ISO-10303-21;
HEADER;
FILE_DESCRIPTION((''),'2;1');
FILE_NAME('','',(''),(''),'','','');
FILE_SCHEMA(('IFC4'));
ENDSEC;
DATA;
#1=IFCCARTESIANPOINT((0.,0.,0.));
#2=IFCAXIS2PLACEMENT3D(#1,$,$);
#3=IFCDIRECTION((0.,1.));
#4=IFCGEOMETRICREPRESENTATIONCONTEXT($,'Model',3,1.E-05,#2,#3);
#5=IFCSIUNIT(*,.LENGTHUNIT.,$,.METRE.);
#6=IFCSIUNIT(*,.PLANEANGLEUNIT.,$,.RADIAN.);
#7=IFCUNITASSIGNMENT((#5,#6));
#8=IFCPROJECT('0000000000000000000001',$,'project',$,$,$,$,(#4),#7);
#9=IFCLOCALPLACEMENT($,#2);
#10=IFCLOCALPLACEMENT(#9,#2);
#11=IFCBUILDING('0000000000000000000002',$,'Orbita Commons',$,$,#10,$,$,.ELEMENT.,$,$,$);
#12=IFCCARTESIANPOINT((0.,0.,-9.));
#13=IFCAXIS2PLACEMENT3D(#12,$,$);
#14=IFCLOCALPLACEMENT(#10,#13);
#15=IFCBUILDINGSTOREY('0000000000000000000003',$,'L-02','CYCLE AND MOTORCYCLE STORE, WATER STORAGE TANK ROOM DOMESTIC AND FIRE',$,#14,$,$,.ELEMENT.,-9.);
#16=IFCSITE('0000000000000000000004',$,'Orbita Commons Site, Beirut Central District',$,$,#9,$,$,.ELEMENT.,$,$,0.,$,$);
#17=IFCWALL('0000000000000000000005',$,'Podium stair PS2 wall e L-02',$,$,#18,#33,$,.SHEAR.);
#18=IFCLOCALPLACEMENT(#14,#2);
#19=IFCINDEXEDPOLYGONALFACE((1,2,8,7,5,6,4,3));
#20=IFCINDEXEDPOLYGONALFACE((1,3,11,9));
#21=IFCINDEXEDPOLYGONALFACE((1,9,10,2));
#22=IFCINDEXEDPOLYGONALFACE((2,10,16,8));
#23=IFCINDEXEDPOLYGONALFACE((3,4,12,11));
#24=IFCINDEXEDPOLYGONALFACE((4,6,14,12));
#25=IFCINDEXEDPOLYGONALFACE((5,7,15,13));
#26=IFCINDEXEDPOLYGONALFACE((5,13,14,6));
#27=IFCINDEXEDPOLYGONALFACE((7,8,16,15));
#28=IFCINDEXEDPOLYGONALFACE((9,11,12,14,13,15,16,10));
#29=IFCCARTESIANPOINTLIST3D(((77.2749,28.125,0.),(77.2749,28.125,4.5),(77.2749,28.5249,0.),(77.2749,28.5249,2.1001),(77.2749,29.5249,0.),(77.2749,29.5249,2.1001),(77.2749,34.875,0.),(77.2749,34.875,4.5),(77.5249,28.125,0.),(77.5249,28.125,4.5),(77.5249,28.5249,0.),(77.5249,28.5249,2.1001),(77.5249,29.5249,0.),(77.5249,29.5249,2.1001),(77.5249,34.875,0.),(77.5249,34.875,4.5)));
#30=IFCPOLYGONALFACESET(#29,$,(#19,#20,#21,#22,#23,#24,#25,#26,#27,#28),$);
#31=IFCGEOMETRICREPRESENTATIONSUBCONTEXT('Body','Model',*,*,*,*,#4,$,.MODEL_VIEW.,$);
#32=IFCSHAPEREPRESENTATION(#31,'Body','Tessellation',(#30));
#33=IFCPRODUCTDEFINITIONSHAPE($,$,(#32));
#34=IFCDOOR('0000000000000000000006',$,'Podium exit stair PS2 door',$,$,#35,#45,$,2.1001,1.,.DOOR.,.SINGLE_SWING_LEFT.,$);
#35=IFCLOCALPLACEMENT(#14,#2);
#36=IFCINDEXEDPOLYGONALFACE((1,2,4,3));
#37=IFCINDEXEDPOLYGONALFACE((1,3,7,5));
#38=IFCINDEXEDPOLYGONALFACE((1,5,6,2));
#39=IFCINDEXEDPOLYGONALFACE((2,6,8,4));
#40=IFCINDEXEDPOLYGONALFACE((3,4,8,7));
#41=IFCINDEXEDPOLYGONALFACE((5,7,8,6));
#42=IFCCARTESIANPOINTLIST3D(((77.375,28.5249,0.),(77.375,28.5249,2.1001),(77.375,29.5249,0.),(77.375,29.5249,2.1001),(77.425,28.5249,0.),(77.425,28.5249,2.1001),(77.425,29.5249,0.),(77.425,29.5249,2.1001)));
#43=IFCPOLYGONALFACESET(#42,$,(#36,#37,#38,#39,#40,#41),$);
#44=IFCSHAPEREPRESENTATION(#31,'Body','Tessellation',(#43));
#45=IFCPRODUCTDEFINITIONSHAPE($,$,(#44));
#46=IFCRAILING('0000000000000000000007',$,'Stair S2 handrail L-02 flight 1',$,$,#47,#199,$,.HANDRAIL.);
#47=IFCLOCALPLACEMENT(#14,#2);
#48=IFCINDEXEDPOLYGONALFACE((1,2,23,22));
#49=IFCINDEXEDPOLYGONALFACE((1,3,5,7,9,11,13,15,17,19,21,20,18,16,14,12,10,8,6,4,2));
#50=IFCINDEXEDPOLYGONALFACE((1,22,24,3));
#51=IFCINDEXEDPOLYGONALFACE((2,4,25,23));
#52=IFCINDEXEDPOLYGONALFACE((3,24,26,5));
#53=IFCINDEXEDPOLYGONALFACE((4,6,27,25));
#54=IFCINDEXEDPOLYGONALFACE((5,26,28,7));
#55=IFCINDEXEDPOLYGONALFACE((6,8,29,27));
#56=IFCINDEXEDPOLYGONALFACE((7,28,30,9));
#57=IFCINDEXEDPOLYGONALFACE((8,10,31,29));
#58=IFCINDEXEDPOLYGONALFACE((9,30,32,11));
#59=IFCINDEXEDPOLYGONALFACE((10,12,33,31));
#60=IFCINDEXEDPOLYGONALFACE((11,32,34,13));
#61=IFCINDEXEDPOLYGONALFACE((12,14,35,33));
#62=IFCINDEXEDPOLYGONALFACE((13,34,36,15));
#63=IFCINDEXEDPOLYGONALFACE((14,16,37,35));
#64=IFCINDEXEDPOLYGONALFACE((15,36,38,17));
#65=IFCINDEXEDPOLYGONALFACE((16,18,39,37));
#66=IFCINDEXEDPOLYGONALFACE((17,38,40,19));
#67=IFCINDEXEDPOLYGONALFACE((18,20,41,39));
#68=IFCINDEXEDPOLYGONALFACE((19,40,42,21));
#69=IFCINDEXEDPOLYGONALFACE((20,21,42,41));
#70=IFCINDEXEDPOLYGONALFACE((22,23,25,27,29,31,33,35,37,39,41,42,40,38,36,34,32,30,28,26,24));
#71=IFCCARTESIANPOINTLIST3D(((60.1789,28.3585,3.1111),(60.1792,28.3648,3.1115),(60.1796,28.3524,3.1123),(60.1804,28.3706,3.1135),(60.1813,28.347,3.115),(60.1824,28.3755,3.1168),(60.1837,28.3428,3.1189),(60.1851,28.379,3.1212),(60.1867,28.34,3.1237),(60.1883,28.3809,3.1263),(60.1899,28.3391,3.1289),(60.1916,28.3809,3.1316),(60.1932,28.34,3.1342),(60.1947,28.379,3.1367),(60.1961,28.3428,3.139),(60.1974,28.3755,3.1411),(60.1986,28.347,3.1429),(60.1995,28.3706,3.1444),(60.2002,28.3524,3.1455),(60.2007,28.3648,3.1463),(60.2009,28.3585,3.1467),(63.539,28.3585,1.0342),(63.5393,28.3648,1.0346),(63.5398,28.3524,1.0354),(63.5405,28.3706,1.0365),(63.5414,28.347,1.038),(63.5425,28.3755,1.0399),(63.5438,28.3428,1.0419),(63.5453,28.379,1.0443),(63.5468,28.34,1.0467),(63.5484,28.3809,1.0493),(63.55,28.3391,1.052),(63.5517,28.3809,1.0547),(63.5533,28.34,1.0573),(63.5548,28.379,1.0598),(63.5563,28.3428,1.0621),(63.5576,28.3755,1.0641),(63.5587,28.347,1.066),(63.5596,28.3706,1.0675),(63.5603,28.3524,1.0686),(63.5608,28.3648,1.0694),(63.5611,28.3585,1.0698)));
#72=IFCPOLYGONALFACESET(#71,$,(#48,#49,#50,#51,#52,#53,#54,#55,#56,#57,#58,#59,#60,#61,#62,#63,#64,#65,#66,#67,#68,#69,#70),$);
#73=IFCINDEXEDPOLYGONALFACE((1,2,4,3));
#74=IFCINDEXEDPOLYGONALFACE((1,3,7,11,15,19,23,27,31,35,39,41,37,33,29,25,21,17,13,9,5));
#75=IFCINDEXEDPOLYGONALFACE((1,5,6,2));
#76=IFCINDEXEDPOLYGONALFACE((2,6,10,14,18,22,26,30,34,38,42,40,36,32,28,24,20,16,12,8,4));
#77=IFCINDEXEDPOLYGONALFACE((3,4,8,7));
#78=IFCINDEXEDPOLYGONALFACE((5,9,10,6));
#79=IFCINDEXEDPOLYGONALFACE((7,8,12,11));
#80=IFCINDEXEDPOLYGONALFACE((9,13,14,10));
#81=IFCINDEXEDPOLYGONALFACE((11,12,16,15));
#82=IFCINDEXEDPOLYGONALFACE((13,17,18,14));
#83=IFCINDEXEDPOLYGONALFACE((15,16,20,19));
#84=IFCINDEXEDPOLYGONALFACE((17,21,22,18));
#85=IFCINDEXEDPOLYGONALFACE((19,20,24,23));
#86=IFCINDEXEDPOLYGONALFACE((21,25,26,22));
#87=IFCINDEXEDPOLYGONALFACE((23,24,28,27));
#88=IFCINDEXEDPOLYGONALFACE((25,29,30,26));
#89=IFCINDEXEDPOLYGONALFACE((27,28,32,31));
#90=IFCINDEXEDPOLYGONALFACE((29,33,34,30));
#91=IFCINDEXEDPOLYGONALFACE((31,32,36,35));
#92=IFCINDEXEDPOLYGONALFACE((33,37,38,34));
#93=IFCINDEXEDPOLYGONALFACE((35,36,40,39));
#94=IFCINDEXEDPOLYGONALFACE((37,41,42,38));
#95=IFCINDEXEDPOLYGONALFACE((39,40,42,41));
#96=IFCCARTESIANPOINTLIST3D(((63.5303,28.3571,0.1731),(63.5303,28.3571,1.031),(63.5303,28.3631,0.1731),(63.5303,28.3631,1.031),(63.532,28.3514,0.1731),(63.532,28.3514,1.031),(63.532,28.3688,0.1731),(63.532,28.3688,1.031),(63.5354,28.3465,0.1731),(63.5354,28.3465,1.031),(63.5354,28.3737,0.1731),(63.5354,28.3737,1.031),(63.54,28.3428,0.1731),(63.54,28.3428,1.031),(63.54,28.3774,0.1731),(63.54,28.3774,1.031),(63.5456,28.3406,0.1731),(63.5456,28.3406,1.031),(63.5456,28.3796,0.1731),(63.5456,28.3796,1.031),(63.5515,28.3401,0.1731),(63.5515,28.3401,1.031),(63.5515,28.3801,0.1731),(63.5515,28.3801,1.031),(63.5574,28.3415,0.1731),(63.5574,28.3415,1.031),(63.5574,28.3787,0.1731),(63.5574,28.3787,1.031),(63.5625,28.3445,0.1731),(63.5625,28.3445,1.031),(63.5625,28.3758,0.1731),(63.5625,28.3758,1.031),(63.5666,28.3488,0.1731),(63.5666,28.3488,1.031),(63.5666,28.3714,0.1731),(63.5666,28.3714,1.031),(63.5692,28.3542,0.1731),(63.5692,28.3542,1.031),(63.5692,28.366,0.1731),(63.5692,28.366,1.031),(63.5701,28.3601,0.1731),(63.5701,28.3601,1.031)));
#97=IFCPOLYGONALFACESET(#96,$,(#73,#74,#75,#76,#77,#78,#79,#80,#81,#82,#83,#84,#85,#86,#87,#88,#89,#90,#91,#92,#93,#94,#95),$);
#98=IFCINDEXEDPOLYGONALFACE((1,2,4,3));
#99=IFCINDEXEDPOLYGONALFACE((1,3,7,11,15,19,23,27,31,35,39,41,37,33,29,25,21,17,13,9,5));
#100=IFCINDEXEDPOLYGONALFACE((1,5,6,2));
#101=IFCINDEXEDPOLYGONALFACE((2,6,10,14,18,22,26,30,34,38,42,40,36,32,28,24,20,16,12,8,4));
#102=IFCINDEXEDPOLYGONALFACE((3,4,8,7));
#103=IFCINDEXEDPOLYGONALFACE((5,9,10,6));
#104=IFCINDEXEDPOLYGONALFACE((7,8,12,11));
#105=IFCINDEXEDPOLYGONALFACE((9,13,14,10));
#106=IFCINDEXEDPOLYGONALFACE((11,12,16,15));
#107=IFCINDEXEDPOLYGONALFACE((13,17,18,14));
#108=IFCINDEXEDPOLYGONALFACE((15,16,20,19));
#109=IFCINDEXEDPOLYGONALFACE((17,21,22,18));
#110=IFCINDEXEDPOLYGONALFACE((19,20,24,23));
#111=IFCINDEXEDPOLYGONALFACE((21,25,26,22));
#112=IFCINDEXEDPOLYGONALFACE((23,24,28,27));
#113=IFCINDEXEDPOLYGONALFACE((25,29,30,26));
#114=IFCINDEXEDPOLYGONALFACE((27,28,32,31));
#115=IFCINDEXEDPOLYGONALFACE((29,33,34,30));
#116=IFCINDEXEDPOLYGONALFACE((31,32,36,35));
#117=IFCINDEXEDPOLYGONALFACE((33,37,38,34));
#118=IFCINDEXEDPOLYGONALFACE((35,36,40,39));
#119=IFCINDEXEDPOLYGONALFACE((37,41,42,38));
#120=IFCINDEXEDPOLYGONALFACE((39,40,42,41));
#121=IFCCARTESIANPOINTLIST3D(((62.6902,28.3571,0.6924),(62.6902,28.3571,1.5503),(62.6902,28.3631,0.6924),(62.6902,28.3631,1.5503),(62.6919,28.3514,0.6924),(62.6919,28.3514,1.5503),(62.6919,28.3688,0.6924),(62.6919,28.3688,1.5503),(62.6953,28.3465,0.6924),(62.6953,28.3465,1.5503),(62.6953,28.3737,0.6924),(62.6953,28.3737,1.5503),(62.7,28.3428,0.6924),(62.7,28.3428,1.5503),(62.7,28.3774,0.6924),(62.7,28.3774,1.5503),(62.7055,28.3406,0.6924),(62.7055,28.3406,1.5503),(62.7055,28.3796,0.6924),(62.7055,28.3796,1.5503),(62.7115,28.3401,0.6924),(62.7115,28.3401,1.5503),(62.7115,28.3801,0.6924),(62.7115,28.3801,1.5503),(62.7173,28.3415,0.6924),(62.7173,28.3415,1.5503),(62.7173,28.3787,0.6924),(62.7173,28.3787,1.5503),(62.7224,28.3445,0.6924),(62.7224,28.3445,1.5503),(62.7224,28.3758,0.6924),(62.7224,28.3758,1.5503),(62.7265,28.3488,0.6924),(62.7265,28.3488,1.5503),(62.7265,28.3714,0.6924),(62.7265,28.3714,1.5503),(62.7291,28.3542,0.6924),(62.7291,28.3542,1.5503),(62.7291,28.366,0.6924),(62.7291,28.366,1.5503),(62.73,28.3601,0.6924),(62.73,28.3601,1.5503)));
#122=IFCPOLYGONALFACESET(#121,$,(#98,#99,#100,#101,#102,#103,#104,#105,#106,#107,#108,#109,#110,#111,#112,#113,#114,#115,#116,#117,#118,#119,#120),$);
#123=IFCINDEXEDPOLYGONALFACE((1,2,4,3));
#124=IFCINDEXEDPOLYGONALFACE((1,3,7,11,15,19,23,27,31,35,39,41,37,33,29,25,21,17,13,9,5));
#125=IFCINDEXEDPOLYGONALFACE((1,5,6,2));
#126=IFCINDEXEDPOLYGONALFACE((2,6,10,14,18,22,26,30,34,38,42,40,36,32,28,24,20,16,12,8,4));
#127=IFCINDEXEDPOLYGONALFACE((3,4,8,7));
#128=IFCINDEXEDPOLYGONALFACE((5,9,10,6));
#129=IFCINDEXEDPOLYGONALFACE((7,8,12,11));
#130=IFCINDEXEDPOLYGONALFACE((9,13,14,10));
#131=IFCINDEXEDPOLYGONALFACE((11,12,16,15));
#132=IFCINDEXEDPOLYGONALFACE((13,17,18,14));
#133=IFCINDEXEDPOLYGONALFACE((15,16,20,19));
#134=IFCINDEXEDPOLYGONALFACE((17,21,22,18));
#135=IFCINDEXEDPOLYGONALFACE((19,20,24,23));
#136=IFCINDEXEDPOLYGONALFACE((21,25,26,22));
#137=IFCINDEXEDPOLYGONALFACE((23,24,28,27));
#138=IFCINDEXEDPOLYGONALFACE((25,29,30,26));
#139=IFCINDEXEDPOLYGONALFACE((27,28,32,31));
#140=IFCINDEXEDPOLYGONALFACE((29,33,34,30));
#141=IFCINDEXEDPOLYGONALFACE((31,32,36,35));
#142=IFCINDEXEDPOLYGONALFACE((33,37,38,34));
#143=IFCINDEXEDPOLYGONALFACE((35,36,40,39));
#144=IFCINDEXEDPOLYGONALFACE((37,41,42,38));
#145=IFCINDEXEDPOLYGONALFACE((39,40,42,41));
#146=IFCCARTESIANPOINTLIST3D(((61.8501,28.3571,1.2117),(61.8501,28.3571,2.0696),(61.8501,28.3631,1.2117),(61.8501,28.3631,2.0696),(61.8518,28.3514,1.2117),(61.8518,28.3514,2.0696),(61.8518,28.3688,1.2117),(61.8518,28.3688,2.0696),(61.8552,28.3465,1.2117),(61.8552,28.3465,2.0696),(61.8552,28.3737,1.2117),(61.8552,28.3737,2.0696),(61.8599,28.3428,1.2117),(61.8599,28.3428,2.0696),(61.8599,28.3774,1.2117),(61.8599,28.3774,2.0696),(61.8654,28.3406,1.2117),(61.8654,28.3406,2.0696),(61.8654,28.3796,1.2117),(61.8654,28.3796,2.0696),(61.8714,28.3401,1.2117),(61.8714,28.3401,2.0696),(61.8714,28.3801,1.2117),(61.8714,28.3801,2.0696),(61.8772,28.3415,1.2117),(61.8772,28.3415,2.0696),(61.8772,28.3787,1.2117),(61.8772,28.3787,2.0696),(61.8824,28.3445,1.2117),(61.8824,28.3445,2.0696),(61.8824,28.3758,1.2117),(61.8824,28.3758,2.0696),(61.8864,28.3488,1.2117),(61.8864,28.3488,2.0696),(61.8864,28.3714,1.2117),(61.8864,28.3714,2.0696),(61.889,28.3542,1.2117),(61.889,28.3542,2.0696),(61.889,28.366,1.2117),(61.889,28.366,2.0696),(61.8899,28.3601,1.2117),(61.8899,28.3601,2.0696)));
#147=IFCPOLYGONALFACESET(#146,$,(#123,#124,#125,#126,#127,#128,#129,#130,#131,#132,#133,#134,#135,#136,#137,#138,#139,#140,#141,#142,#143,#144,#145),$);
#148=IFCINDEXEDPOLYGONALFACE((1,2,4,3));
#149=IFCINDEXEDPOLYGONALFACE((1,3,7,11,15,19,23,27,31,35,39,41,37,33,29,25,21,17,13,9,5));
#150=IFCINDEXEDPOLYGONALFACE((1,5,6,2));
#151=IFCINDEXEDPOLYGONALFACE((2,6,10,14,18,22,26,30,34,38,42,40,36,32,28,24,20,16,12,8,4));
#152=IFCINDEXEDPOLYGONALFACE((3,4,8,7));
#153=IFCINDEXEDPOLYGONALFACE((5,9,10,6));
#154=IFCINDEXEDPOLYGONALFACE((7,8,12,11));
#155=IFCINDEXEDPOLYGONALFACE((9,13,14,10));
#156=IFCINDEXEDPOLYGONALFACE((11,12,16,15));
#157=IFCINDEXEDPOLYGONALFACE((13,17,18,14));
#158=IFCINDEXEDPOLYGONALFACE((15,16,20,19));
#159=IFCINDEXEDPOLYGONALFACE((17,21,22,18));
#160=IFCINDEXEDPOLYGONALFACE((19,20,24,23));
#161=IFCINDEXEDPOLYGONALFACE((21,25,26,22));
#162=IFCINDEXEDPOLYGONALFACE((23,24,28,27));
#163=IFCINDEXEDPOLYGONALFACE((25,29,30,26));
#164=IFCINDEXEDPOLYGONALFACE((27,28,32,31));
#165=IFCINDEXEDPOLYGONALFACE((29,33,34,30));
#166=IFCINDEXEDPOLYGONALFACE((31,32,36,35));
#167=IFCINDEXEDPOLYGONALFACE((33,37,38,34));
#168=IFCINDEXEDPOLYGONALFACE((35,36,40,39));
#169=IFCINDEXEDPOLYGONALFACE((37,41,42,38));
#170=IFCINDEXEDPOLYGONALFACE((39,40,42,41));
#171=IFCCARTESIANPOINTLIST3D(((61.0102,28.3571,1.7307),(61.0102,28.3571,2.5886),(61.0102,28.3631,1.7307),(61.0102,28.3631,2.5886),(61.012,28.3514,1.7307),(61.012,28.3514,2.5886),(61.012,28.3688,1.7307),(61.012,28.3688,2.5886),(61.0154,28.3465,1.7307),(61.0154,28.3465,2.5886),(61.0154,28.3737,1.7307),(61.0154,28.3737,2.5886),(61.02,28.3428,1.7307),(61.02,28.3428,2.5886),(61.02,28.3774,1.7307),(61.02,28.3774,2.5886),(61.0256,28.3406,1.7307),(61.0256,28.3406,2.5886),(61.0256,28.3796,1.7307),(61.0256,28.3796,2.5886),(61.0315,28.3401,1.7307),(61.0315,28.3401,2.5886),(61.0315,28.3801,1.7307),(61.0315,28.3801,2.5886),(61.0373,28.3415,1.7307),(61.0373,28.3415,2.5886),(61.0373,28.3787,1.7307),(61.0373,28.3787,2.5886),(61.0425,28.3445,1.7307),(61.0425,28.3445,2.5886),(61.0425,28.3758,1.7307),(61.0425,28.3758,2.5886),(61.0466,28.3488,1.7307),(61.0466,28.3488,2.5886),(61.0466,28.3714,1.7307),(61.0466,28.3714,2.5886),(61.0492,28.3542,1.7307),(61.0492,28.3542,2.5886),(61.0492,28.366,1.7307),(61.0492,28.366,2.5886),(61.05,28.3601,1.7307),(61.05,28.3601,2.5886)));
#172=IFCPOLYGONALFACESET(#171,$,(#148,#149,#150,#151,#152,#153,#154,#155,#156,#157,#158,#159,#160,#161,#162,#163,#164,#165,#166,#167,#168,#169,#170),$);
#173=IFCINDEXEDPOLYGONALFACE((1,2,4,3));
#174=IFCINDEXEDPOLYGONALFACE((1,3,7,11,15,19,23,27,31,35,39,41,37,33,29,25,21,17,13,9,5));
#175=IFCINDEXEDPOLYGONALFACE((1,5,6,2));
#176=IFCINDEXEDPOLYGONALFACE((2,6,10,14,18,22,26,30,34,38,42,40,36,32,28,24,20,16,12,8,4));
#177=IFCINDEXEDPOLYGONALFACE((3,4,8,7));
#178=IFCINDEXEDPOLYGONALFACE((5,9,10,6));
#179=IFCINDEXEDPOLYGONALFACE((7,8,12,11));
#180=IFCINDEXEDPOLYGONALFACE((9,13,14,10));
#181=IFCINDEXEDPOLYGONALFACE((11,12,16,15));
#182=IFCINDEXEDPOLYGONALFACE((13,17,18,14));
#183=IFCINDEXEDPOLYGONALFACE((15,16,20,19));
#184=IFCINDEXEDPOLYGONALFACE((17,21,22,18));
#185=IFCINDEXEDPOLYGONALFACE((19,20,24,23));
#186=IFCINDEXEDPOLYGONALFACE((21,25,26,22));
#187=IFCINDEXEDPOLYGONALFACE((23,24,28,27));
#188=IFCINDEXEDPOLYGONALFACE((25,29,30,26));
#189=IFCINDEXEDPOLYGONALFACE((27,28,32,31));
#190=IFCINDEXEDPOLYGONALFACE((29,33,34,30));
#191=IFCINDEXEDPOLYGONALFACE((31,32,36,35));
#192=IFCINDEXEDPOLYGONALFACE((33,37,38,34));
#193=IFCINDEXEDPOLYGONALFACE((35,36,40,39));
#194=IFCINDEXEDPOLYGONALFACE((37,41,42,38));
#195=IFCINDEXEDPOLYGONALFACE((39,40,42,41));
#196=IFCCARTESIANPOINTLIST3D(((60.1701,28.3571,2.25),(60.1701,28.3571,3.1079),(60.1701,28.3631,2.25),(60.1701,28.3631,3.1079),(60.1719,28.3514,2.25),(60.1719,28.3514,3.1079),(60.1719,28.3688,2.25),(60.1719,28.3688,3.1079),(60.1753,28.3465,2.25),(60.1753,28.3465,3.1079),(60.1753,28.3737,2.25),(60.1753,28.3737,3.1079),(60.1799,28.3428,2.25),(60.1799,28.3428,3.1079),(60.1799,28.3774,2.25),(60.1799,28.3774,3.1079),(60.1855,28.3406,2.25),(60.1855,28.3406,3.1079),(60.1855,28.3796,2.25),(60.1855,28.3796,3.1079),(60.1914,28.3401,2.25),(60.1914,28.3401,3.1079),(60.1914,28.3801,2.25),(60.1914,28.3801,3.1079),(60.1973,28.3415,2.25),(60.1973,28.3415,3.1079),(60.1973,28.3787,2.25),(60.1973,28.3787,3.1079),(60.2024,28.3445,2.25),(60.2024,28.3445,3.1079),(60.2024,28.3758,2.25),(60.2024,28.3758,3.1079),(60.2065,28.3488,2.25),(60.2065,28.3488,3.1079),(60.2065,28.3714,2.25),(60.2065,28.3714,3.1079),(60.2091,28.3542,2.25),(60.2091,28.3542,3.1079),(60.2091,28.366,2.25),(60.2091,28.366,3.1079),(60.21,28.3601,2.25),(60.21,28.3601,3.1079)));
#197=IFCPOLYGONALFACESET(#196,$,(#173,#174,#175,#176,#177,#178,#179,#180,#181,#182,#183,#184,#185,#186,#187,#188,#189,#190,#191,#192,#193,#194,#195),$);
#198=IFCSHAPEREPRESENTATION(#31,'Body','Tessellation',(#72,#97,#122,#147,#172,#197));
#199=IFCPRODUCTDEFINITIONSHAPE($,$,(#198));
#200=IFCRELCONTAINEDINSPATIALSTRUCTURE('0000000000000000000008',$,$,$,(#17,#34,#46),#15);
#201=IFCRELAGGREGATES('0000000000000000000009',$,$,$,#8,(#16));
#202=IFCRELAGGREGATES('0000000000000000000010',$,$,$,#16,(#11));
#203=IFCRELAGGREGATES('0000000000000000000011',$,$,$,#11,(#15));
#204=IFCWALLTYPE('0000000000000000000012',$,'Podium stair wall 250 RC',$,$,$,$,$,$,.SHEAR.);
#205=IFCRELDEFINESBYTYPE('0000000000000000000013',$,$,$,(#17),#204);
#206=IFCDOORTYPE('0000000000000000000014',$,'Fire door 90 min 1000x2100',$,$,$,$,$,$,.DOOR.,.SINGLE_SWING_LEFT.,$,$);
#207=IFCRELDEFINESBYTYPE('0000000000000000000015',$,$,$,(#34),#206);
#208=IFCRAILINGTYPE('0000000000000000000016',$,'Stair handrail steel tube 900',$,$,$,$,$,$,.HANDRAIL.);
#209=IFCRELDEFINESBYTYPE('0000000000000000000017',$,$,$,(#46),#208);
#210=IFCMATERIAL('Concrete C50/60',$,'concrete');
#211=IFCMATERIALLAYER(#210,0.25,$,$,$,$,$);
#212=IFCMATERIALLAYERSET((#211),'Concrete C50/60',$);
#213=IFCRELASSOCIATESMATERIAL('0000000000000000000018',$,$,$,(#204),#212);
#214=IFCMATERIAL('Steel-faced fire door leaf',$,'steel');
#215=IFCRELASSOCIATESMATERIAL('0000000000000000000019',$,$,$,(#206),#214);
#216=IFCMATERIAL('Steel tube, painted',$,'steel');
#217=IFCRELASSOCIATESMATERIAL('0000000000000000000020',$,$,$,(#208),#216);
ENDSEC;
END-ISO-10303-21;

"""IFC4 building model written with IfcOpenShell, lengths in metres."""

from ifc_helpers import new_model, si_unit, direction, frame, frame_2d, origin, origin_2d, place, context, subcontext, project, spatial, rectangle, circle, extrude, material, layer, layer_set, type_object, element, fill, save


model = new_model("IFC4")

# Units and contexts
model_context = context("Model", 3, precision=1e-05, world=origin(), true_north=direction((0.0, 1.0)))
body_context = subcontext(model_context, "Body", "Model", "MODEL_VIEW")
ifc_project = project(units=[si_unit("LENGTHUNIT", "METRE"), si_unit("PLANEANGLEUNIT", "RADIAN")], contexts=[model_context])

# Site, building, storey
site_placement = place(None, origin())
site = spatial("IfcSite", under=ifc_project, at=site_placement, Name="Orbita Commons Site, Beirut Central District", CompositionType="ELEMENT", RefElevation=0.0)
building_placement = place(site_placement, origin())
building = spatial("IfcBuilding", under=site, at=building_placement, Name="Orbita Commons", CompositionType="ELEMENT")
storey_placement = place(building_placement, frame((0.0, 0.0, -9.0)))
storey = spatial("IfcBuildingStorey", under=building, at=storey_placement, Name="L-02", Description="CYCLE AND MOTORCYCLE STORE, WATER STORAGE TANK ROOM DOMESTIC AND FIRE", CompositionType="ELEMENT", Elevation=-9.0)

# Shared definitions
ifc_material_1 = material(Name="Concrete C50/60", Category="concrete")
ifc_layer_1 = layer(ifc_material_1, 0.25)
ifc_layer_set_1 = layer_set([ifc_layer_1], Name="Concrete C50/60")
wall_type_1 = type_object("IfcWallType", Name="Podium stair wall 250 RC", PredefinedType="SHEAR", material=ifc_layer_set_1)

# Wall, opening, door
wall_1_placement = place(storey_placement, frame((77.3999, 28.125, 0.0), z_axis=(0.0, 0.0, 1.0), x_axis=(0.0, 1.0, 0.0)))
wall_1 = element("IfcWall", 1, at=wall_1_placement, inside=storey, type_object=wall_type_1, Name="Podium stair PS2 wall e L-02", PredefinedType="SHEAR", context=body_context, shape_type="SweptSolid", body=[
    extrude(rectangle(XDim=6.75, YDim=0.25, at=frame_2d((3.375, 0.0))), origin(), (0.0, 0.0, 1.0), 4.5),
])
opening_1_placement = place(wall_1_placement, frame((0.3999, 0.0, 0.0)))
opening_1 = element("IfcOpeningElement", 2, at=opening_1_placement, cuts=wall_1, PredefinedType="OPENING", context=body_context, shape_type="SweptSolid", body=[
    extrude(rectangle(XDim=1.0, YDim=2.1001, at=frame_2d((0.5, 1.05))), frame((0.0, 0.135, 0.0), z_axis=(0.0, -1.0, 0.0), x_axis=(1.0, 0.0, 0.0)), (0.0, 0.0, 1.0), 0.27),
])
ifc_material_2 = material(Name="Steel-faced fire door leaf", Category="steel")
door_type_1 = type_object("IfcDoorType", Name="Fire door 90 min 1000x2100", OperationType="SINGLE_SWING_LEFT", PredefinedType="DOOR", material=ifc_material_2)
door_1_placement = place(opening_1_placement, origin())
door_1 = element("IfcDoor", 3, at=door_1_placement, inside=storey, type_object=door_type_1, Name="Podium exit stair PS2 door", OperationType="SINGLE_SWING_LEFT", OverallHeight=2.1001, OverallWidth=1.0, PredefinedType="DOOR", context=body_context, shape_type="SweptSolid", body=[
    extrude(rectangle(XDim=1.0, YDim=2.1001, at=frame_2d((0.5, 1.05))), frame((0.0, 0.0249, 0.0), z_axis=(0.0, -1.0, 0.0), x_axis=(1.0, 0.0, 0.0)), (0.0, 0.0, 1.0), 0.05),
])
fill(opening_1, door_1)

# Railing
ifc_material_3 = material(Name="Steel tube, painted", Category="steel")
railing_type = type_object("IfcRailingType", Name="Stair handrail steel tube 900", PredefinedType="HANDRAIL", material=ifc_material_3)
railing_placement = place(storey_placement, frame((63.55, 28.3601, 0.1731)))
element("IfcRailing", 4, at=railing_placement, inside=storey, type_object=railing_type, Name="Stair S2 handrail L-02 flight 1", PredefinedType="HANDRAIL", context=body_context, shape_type="SweptSolid", body=[
    extrude(circle(Radius=0.021, at=origin_2d()), frame((0.0, 0.0, 0.8789), z_axis=(-0.850623, 0.0, 0.525776), x_axis=(0.0, -1.0, 0.0)), (0.0, 0.0, 1.0), 3.9502),
    extrude(circle(Radius=0.02, at=origin_2d()), origin(), (0.0, 0.0, 1.0), 0.8579),
    extrude(circle(Radius=0.02, at=origin_2d()), frame((-0.8401, 0.0, 0.5193)), (0.0, 0.0, 1.0), 0.8579),
    extrude(circle(Radius=0.02, at=origin_2d()), frame((-1.6802, 0.0, 1.0386)), (0.0, 0.0, 1.0), 0.8579),
    extrude(circle(Radius=0.02, at=origin_2d()), frame((-2.52, 0.0, 1.5576)), (0.0, 0.0, 1.0), 0.8579),
    extrude(circle(Radius=0.02, at=origin_2d()), frame((-3.3601, 0.0, 2.0769)), (0.0, 0.0, 1.0), 0.8579),
])

save(model, "model.ifc")
